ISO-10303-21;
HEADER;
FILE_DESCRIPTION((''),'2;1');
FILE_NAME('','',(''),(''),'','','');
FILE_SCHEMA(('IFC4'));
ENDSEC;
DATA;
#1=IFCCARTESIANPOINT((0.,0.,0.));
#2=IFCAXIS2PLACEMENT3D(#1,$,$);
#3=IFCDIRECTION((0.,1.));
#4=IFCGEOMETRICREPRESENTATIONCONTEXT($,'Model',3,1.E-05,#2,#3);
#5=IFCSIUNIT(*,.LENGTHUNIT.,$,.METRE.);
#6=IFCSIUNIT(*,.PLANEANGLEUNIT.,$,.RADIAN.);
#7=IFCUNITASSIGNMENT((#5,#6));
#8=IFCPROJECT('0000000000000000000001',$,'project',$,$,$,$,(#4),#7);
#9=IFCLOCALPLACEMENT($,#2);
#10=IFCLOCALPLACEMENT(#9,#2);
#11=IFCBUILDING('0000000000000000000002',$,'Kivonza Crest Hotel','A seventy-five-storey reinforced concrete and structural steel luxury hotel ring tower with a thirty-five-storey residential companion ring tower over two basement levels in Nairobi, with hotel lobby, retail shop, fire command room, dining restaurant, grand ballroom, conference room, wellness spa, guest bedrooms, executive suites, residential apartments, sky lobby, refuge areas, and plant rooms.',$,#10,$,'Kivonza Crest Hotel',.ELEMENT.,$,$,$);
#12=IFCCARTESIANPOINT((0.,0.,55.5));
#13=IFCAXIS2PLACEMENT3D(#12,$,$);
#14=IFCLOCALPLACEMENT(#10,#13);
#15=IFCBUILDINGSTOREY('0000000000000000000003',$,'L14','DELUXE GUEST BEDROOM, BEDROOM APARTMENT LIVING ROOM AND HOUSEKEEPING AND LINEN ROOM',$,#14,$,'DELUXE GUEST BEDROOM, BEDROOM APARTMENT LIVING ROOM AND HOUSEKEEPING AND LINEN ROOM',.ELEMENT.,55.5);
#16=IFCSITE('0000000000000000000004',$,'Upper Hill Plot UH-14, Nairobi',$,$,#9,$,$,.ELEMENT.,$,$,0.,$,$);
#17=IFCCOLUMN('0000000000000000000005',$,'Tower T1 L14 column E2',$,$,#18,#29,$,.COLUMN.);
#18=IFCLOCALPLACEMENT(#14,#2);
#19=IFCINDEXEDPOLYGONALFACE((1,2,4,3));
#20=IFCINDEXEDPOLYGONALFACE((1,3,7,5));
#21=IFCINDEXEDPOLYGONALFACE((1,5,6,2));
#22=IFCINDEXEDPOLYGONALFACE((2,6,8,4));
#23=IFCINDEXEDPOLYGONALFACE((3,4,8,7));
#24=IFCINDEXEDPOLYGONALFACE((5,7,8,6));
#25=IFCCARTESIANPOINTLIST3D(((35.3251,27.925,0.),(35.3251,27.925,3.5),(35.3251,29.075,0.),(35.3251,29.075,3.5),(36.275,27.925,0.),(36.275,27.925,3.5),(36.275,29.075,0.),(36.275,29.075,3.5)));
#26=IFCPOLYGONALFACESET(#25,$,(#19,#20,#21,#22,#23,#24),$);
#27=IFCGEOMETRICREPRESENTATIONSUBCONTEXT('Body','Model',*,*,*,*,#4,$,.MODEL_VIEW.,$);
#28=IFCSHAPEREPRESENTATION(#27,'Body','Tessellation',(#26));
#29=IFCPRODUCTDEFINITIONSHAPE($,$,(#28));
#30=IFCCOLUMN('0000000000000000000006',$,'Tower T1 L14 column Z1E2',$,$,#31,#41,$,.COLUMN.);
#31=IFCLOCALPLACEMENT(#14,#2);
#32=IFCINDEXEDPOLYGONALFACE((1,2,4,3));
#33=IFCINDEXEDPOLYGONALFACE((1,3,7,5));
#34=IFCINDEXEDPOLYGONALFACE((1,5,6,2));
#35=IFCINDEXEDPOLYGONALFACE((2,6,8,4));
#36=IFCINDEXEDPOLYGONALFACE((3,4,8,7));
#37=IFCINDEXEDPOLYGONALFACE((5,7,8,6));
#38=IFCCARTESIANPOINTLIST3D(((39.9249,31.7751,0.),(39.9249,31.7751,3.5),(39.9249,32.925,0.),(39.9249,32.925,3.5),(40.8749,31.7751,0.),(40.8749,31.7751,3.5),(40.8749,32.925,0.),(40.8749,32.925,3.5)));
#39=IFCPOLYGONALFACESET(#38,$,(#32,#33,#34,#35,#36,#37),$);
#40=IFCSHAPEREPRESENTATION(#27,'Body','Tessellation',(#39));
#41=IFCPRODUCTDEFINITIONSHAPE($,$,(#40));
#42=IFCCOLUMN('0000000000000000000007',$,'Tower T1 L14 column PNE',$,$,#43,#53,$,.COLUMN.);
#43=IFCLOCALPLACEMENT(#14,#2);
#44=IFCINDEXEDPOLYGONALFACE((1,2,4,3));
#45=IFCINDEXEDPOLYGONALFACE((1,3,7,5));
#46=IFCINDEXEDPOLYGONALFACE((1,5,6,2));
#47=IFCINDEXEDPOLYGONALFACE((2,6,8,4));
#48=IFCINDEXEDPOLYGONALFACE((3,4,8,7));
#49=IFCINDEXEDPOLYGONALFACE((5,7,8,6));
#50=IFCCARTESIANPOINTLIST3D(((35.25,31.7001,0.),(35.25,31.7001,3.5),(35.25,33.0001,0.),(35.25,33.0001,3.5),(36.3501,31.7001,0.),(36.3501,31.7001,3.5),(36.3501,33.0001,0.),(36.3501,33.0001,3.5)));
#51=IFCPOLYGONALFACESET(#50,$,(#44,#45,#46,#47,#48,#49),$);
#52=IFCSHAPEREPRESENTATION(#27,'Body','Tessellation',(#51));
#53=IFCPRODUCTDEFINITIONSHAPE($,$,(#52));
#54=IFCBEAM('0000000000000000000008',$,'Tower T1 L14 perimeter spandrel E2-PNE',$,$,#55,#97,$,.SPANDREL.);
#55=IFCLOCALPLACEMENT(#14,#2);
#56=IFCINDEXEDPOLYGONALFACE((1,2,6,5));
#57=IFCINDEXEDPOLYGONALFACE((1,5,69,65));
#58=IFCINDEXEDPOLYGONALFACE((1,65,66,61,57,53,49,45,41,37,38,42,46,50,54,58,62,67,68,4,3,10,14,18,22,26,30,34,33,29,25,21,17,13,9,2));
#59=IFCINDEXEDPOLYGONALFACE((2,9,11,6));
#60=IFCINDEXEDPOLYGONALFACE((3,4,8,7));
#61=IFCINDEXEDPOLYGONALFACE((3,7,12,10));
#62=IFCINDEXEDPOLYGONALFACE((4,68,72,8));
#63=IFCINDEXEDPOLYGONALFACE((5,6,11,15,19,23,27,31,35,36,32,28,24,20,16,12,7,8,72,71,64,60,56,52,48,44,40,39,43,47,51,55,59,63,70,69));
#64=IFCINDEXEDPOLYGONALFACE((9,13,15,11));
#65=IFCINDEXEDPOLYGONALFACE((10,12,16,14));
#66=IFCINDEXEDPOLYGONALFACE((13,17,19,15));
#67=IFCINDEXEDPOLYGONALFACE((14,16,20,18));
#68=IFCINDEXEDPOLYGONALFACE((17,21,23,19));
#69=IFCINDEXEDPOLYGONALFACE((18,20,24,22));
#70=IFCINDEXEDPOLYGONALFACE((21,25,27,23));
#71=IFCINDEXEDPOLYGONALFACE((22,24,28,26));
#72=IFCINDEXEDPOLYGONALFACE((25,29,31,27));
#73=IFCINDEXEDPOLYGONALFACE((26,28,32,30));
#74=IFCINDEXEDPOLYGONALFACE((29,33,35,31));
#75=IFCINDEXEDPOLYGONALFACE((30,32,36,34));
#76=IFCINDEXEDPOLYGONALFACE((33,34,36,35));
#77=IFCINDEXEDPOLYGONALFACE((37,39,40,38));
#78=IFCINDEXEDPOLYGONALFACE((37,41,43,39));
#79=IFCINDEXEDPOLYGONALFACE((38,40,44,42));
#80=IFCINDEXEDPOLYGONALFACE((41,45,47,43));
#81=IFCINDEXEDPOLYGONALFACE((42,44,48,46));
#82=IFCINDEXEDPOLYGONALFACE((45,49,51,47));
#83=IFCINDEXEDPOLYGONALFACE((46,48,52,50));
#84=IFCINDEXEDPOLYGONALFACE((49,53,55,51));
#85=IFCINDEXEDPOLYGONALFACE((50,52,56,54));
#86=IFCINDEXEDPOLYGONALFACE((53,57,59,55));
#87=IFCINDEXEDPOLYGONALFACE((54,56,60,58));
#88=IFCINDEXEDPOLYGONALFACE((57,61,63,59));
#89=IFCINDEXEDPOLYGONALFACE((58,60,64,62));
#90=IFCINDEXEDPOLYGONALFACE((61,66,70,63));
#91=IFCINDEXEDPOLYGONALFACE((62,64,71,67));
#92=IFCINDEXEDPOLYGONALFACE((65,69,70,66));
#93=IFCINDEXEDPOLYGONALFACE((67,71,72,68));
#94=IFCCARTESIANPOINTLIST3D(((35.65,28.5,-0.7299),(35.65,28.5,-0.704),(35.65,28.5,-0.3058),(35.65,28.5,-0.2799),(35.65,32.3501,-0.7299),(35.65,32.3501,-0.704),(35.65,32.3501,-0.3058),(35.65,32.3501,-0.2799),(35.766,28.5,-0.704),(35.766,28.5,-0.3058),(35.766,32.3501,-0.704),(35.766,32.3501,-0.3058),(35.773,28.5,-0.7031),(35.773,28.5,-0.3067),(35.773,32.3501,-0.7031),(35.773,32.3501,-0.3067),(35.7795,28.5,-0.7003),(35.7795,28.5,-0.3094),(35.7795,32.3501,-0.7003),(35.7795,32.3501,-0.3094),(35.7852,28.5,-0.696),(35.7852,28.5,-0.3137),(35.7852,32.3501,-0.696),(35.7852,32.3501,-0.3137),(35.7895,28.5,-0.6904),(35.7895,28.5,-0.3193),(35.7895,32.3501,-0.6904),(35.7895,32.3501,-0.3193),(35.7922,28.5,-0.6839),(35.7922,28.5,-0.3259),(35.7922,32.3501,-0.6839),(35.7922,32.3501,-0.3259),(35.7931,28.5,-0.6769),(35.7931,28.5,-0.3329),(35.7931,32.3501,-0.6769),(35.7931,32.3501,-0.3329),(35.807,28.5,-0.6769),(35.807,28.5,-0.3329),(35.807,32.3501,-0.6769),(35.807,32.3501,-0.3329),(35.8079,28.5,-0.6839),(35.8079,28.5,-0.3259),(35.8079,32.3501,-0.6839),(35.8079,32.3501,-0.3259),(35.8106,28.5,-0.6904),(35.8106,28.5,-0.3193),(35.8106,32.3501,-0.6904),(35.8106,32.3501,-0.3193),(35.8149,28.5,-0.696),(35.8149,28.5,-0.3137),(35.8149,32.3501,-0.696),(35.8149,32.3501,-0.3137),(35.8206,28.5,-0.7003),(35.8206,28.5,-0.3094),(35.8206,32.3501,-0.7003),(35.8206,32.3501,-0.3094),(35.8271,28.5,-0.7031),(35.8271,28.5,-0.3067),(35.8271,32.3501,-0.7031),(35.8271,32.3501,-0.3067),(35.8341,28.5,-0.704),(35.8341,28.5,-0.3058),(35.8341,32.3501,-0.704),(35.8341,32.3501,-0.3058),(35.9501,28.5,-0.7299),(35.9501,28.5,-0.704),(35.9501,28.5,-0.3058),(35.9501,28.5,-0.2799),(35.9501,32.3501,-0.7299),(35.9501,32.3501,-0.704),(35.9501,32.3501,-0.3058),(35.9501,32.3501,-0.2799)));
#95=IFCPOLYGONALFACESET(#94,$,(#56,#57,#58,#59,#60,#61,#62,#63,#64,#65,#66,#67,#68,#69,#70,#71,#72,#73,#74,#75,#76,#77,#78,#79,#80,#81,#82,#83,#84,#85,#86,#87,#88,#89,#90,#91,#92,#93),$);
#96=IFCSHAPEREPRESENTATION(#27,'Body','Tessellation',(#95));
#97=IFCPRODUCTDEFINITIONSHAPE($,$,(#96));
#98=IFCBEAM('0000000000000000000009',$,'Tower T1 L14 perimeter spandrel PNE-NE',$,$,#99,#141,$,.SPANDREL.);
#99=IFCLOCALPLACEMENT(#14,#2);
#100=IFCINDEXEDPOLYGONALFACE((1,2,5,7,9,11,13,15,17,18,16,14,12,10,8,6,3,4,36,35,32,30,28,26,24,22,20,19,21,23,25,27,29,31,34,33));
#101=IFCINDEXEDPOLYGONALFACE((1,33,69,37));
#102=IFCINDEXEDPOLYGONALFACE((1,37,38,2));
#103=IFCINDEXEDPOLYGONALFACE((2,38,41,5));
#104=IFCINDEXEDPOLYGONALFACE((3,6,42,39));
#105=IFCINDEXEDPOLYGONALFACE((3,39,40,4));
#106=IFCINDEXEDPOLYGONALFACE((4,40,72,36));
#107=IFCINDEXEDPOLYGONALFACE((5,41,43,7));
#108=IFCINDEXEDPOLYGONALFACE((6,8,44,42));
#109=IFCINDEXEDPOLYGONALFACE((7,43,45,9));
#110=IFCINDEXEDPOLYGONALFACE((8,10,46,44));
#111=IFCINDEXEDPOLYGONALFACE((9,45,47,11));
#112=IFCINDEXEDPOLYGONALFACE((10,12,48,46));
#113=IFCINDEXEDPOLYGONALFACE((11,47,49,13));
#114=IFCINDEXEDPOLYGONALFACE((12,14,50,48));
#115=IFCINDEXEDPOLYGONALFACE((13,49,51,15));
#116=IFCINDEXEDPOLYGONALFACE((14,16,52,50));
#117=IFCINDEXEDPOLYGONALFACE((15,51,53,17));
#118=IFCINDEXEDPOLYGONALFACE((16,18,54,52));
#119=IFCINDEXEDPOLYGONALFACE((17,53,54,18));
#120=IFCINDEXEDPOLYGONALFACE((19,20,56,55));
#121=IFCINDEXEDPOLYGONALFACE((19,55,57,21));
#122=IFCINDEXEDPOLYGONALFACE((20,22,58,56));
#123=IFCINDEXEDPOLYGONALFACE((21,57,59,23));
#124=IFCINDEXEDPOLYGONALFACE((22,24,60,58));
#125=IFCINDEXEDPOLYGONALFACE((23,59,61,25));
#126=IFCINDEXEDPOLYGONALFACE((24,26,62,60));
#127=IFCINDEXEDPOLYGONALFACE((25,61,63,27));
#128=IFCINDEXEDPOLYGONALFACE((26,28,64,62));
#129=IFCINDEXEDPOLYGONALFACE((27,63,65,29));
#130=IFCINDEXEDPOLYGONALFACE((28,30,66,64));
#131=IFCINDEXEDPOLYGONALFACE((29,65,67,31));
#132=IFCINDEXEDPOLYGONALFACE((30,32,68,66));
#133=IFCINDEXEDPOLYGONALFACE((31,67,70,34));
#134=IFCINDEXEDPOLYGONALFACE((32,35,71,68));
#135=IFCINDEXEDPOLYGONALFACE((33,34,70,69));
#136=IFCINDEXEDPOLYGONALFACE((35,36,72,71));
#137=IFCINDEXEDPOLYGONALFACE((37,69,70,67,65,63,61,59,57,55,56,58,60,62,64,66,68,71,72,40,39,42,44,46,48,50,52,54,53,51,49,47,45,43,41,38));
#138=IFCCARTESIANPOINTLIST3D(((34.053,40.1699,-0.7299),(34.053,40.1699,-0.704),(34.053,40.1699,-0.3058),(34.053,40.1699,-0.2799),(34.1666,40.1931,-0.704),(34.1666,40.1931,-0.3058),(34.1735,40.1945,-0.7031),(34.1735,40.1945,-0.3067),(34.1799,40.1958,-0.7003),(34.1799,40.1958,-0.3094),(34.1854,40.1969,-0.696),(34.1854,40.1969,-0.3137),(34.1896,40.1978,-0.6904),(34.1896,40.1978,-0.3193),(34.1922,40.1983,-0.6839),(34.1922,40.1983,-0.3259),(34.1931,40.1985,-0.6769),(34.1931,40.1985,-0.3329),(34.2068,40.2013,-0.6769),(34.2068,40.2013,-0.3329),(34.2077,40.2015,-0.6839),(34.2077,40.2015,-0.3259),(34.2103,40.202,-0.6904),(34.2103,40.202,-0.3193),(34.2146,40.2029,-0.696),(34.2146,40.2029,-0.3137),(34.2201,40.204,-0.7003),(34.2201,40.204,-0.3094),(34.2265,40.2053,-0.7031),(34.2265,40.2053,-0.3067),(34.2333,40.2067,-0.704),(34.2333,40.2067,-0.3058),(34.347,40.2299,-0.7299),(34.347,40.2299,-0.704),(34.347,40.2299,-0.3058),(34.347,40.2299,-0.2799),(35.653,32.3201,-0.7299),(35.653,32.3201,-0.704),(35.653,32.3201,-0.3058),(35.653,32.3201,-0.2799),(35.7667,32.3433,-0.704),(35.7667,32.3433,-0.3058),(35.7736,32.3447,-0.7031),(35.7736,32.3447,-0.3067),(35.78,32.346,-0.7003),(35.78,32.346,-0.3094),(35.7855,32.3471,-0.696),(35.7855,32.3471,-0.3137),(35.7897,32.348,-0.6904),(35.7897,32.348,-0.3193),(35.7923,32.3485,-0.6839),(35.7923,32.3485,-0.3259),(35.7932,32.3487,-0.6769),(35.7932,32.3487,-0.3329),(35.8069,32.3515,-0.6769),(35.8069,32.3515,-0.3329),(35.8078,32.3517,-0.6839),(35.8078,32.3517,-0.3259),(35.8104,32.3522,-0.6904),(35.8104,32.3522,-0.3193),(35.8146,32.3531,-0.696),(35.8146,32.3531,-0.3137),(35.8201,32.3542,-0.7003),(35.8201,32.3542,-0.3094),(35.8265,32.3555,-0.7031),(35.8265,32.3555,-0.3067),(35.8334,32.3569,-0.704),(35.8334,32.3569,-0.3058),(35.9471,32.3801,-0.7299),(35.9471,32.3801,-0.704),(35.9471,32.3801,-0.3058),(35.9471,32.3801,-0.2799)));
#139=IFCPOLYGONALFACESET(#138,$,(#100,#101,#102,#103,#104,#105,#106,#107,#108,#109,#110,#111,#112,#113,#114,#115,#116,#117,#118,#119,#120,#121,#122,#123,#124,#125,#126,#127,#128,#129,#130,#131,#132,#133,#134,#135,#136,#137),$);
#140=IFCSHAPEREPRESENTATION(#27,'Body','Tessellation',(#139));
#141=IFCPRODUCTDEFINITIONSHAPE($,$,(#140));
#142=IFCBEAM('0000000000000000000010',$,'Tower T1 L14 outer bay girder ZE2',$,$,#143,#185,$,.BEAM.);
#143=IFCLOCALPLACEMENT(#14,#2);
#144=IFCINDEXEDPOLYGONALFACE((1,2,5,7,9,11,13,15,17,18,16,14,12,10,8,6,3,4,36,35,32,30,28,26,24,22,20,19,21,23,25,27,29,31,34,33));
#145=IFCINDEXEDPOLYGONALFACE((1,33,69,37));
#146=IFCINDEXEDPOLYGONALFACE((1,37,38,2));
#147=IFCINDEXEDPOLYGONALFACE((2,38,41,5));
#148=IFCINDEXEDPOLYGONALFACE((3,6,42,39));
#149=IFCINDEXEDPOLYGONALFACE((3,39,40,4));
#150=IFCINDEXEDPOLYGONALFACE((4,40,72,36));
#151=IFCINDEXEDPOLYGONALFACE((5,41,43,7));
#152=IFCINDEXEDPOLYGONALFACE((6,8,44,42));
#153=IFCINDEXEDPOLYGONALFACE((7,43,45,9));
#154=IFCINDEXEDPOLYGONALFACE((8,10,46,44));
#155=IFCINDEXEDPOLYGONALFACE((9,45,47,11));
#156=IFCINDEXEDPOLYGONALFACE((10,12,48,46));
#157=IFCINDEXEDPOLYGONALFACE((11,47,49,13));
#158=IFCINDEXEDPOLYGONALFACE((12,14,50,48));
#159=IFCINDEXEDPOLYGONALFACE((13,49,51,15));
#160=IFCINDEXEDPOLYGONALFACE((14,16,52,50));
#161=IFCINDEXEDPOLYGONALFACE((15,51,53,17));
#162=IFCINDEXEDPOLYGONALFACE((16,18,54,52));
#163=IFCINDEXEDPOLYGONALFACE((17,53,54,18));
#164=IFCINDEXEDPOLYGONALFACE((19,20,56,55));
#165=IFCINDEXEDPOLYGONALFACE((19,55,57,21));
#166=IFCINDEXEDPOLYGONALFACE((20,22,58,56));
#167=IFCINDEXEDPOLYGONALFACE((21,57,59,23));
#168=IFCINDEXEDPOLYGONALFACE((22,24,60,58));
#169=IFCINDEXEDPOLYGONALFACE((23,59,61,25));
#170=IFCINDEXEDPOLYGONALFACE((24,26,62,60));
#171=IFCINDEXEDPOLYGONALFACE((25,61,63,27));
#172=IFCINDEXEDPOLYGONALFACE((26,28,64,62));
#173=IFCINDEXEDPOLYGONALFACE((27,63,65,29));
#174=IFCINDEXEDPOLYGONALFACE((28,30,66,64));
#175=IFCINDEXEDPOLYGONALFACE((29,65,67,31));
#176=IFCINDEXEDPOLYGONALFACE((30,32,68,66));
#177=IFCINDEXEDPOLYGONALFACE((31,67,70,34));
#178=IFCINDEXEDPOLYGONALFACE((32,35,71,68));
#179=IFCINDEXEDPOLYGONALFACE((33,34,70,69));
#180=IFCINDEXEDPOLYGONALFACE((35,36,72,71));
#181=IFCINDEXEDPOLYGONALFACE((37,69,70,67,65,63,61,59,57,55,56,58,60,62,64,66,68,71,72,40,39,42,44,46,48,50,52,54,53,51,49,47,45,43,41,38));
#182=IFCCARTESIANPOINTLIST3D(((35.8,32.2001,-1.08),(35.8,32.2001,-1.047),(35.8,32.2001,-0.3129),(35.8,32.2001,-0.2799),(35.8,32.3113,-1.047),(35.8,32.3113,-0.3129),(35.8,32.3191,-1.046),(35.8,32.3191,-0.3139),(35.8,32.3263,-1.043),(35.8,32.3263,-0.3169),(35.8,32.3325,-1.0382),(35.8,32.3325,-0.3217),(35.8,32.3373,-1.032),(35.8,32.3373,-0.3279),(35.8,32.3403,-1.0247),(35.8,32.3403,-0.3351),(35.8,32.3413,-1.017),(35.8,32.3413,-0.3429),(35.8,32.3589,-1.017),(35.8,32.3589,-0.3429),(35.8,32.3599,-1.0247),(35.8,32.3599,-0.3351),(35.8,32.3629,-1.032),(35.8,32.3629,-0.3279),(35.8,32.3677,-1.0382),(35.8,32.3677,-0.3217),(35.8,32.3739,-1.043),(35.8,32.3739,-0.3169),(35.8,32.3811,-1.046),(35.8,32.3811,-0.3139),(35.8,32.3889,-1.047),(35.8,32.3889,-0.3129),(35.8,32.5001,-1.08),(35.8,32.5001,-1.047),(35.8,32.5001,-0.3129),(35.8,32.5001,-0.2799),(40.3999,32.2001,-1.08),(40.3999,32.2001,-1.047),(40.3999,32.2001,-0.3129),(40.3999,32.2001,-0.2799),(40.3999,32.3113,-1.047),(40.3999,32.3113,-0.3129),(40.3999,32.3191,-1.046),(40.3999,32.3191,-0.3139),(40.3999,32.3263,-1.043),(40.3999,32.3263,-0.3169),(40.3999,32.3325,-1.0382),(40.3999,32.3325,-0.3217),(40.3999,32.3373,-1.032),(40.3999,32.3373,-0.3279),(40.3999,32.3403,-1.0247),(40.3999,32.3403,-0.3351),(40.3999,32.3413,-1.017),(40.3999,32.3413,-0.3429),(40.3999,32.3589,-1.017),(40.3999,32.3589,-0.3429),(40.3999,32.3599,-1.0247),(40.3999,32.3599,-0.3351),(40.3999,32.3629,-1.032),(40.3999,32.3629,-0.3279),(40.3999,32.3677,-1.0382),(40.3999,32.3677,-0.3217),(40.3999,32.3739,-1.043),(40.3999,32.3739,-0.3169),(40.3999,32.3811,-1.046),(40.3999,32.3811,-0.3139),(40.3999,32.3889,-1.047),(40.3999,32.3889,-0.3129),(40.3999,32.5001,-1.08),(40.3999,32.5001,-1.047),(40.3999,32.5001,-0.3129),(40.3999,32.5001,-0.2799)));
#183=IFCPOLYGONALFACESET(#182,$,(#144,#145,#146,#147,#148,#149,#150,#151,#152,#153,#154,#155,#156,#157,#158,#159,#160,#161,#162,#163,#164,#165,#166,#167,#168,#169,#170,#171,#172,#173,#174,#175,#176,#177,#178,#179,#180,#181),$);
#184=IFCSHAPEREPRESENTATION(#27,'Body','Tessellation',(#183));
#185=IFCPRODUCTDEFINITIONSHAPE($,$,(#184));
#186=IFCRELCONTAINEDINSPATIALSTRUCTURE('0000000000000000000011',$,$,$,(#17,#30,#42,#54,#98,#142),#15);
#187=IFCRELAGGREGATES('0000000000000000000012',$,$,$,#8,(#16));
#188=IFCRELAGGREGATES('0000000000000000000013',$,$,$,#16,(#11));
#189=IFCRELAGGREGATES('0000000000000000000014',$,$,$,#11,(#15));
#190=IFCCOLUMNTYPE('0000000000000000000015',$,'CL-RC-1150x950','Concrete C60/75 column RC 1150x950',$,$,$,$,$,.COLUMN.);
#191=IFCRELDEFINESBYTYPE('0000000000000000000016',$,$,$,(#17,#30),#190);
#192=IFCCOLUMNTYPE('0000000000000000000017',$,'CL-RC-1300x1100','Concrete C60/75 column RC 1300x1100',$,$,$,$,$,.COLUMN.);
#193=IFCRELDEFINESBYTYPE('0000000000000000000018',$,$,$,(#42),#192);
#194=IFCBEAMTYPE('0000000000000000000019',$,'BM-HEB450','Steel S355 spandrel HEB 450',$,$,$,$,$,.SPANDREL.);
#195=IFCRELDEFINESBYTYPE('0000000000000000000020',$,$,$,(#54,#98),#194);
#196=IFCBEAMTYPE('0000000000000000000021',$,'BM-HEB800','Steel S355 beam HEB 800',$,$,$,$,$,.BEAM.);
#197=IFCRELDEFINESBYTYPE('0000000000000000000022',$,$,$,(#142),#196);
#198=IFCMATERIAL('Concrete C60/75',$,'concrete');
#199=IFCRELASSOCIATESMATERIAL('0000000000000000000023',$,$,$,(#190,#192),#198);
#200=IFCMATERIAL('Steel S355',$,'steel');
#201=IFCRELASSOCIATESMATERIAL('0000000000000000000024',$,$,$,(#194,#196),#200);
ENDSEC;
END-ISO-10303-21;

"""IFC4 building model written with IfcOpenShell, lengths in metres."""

from ifc_helpers import new_model, si_unit, direction, frame, origin, origin_2d, place, context, subcontext, project, spatial, rectangle, i_section, extrude, material, material_profile, profile_set, type_object, element, save


model = new_model("IFC4")

# Units and contexts
model_context = context("Model", 3, precision=1e-05, world=origin(), true_north=direction((0.0, 1.0)))
body_context = subcontext(model_context, "Body", "Model", "MODEL_VIEW")
ifc_project = project(units=[si_unit("LENGTHUNIT", "METRE"), si_unit("PLANEANGLEUNIT", "RADIAN")], contexts=[model_context])

# Site, building, storey
site_placement = place(None, origin())
site = spatial("IfcSite", under=ifc_project, at=site_placement, Name="Upper Hill Plot UH-14, Nairobi", CompositionType="ELEMENT", RefElevation=0.0)
building_placement = place(site_placement, origin())
building = spatial("IfcBuilding", under=site, at=building_placement, Name="Kivonza Crest Hotel", Description="A seventy-five-storey reinforced concrete and structural steel luxury hotel ring tower with a thirty-five-storey residential companion ring tower over two basement levels in Nairobi, with hotel lobby, retail shop, fire command room, dining restaurant, grand ballroom, conference room, wellness spa, guest bedrooms, executive suites, residential apartments, sky lobby, refuge areas, and plant rooms.", LongName="Kivonza Crest Hotel", CompositionType="ELEMENT")
storey_placement = place(building_placement, frame((0.0, 0.0, 55.5)))
storey = spatial("IfcBuildingStorey", under=building, at=storey_placement, Name="L14", Description="DELUXE GUEST BEDROOM, BEDROOM APARTMENT LIVING ROOM AND HOUSEKEEPING AND LINEN ROOM", LongName="DELUXE GUEST BEDROOM, BEDROOM APARTMENT LIVING ROOM AND HOUSEKEEPING AND LINEN ROOM", CompositionType="ELEMENT", Elevation=55.5)

# Columns
ifc_material_1 = material(Name="Concrete C60/75", Category="concrete")
ifc_material_profile_1 = material_profile(ifc_material_1, rectangle(XDim=0.95, YDim=1.1499, at=origin_2d()), Name="RC 1150x950")
ifc_profile_set_1 = profile_set([ifc_material_profile_1], Name="Concrete C60/75")
column_type_1 = type_object("IfcColumnType", Name="CL-RC-1150x950", Description="Concrete C60/75 column RC 1150x950", PredefinedType="COLUMN", material=ifc_profile_set_1)
for number, where, z_axis, x_axis, name in (
    (1, (35.8, 28.5, 0.0), (0.0, 0.0, 1.0), (1.0, 0.0, 0.0), "Tower T1 L14 column E2"),
    (2, (40.3999, 32.3501, 0.0), (0.0, 0.0, 1.0), (1.0, 0.0, 0.0), "Tower T1 L14 column Z1E2"),
):
    element("IfcColumn", number, at=place(storey_placement, frame(where, z_axis=z_axis, x_axis=x_axis)), inside=storey, type_object=column_type_1, Name=name, PredefinedType="COLUMN", context=body_context, shape_type="SweptSolid", body=[
        extrude(rectangle(XDim=0.95, YDim=1.1499, at=origin_2d()), origin(), (0.0, 0.0, 1.0), 3.5),
    ])
ifc_material_profile_2 = material_profile(ifc_material_1, rectangle(XDim=1.1001, YDim=1.3, at=origin_2d()), Name="RC 1300x1100")
ifc_profile_set_2 = profile_set([ifc_material_profile_2], Name="Concrete C60/75")
column_type_2 = type_object("IfcColumnType", Name="CL-RC-1300x1100", Description="Concrete C60/75 column RC 1300x1100", PredefinedType="COLUMN", material=ifc_profile_set_2)
column_placement = place(storey_placement, frame((35.8, 32.3501, 0.0), z_axis=(0.0, 0.0, 1.0), x_axis=(1.0, 0.0, 0.0)))
element("IfcColumn", 3, at=column_placement, inside=storey, type_object=column_type_2, Name="Tower T1 L14 column PNE", PredefinedType="COLUMN", context=body_context, shape_type="SweptSolid", body=[
    extrude(rectangle(XDim=1.1001, YDim=1.3, at=origin_2d()), origin(), (0.0, 0.0, 1.0), 3.5),
])

# Beams
ifc_material_2 = material(Name="Steel S355", Category="steel")
ifc_material_profile_3 = material_profile(ifc_material_2, i_section(OverallWidth=0.3, OverallDepth=0.45, WebThickness=0.0139, FlangeThickness=0.0259, FilletRadius=0.0271, at=origin_2d()), Name="HEB 450")
ifc_profile_set_3 = profile_set([ifc_material_profile_3], Name="Steel S355")
beam_type_1 = type_object("IfcBeamType", Name="BM-HEB450", Description="Steel S355 spandrel HEB 450", PredefinedType="SPANDREL", material=ifc_profile_set_3)
beam_1_placement = place(storey_placement, frame((35.8, 28.5, -0.5049), z_axis=(0.0, 1.0, 0.0), x_axis=(-1.0, 0.0, 0.0)))
element("IfcBeam", 4, at=beam_1_placement, inside=storey, type_object=beam_type_1, Name="Tower T1 L14 perimeter spandrel E2-PNE", PredefinedType="SPANDREL", context=body_context, shape_type="SweptSolid", body=[
    extrude(i_section(OverallWidth=0.3, OverallDepth=0.45, WebThickness=0.0139, FlangeThickness=0.0259, FilletRadius=0.0271, at=origin_2d()), origin(), (0.0, 0.0, 1.0), 3.8501),
])
beam_2_placement = place(storey_placement, frame((35.8, 32.3501, -0.5049), z_axis=(-0.199731, 0.979851, 0.0), x_axis=(-0.979851, -0.199731, 0.0)))
element("IfcBeam", 5, at=beam_2_placement, inside=storey, type_object=beam_type_1, Name="Tower T1 L14 perimeter spandrel PNE-NE", PredefinedType="SPANDREL", context=body_context, shape_type="SweptSolid", body=[
    extrude(i_section(OverallWidth=0.3, OverallDepth=0.45, WebThickness=0.0139, FlangeThickness=0.0259, FilletRadius=0.0271, at=origin_2d()), origin(), (0.0, 0.0, 1.0), 8.0112),
])
ifc_material_profile_4 = material_profile(ifc_material_2, i_section(OverallWidth=0.3, OverallDepth=0.8, WebThickness=0.0176, FlangeThickness=0.033, FilletRadius=0.03, at=origin_2d()), Name="HEB 800")
ifc_profile_set_4 = profile_set([ifc_material_profile_4], Name="Steel S355")
beam_type_2 = type_object("IfcBeamType", Name="BM-HEB800", Description="Steel S355 beam HEB 800", PredefinedType="BEAM", material=ifc_profile_set_4)
beam_3_placement = place(storey_placement, frame((40.3999, 32.3501, -0.6799), z_axis=(-1.0, 0.0, 0.0), x_axis=(0.0, -1.0, 0.0)))
element("IfcBeam", 6, at=beam_3_placement, inside=storey, type_object=beam_type_2, Name="Tower T1 L14 outer bay girder ZE2", PredefinedType="BEAM", context=body_context, shape_type="SweptSolid", body=[
    extrude(i_section(OverallWidth=0.3, OverallDepth=0.8, WebThickness=0.0176, FlangeThickness=0.033, FilletRadius=0.03, at=origin_2d()), origin(), (0.0, 0.0, 1.0), 4.5999),
])

save(model, "model.ifc")
